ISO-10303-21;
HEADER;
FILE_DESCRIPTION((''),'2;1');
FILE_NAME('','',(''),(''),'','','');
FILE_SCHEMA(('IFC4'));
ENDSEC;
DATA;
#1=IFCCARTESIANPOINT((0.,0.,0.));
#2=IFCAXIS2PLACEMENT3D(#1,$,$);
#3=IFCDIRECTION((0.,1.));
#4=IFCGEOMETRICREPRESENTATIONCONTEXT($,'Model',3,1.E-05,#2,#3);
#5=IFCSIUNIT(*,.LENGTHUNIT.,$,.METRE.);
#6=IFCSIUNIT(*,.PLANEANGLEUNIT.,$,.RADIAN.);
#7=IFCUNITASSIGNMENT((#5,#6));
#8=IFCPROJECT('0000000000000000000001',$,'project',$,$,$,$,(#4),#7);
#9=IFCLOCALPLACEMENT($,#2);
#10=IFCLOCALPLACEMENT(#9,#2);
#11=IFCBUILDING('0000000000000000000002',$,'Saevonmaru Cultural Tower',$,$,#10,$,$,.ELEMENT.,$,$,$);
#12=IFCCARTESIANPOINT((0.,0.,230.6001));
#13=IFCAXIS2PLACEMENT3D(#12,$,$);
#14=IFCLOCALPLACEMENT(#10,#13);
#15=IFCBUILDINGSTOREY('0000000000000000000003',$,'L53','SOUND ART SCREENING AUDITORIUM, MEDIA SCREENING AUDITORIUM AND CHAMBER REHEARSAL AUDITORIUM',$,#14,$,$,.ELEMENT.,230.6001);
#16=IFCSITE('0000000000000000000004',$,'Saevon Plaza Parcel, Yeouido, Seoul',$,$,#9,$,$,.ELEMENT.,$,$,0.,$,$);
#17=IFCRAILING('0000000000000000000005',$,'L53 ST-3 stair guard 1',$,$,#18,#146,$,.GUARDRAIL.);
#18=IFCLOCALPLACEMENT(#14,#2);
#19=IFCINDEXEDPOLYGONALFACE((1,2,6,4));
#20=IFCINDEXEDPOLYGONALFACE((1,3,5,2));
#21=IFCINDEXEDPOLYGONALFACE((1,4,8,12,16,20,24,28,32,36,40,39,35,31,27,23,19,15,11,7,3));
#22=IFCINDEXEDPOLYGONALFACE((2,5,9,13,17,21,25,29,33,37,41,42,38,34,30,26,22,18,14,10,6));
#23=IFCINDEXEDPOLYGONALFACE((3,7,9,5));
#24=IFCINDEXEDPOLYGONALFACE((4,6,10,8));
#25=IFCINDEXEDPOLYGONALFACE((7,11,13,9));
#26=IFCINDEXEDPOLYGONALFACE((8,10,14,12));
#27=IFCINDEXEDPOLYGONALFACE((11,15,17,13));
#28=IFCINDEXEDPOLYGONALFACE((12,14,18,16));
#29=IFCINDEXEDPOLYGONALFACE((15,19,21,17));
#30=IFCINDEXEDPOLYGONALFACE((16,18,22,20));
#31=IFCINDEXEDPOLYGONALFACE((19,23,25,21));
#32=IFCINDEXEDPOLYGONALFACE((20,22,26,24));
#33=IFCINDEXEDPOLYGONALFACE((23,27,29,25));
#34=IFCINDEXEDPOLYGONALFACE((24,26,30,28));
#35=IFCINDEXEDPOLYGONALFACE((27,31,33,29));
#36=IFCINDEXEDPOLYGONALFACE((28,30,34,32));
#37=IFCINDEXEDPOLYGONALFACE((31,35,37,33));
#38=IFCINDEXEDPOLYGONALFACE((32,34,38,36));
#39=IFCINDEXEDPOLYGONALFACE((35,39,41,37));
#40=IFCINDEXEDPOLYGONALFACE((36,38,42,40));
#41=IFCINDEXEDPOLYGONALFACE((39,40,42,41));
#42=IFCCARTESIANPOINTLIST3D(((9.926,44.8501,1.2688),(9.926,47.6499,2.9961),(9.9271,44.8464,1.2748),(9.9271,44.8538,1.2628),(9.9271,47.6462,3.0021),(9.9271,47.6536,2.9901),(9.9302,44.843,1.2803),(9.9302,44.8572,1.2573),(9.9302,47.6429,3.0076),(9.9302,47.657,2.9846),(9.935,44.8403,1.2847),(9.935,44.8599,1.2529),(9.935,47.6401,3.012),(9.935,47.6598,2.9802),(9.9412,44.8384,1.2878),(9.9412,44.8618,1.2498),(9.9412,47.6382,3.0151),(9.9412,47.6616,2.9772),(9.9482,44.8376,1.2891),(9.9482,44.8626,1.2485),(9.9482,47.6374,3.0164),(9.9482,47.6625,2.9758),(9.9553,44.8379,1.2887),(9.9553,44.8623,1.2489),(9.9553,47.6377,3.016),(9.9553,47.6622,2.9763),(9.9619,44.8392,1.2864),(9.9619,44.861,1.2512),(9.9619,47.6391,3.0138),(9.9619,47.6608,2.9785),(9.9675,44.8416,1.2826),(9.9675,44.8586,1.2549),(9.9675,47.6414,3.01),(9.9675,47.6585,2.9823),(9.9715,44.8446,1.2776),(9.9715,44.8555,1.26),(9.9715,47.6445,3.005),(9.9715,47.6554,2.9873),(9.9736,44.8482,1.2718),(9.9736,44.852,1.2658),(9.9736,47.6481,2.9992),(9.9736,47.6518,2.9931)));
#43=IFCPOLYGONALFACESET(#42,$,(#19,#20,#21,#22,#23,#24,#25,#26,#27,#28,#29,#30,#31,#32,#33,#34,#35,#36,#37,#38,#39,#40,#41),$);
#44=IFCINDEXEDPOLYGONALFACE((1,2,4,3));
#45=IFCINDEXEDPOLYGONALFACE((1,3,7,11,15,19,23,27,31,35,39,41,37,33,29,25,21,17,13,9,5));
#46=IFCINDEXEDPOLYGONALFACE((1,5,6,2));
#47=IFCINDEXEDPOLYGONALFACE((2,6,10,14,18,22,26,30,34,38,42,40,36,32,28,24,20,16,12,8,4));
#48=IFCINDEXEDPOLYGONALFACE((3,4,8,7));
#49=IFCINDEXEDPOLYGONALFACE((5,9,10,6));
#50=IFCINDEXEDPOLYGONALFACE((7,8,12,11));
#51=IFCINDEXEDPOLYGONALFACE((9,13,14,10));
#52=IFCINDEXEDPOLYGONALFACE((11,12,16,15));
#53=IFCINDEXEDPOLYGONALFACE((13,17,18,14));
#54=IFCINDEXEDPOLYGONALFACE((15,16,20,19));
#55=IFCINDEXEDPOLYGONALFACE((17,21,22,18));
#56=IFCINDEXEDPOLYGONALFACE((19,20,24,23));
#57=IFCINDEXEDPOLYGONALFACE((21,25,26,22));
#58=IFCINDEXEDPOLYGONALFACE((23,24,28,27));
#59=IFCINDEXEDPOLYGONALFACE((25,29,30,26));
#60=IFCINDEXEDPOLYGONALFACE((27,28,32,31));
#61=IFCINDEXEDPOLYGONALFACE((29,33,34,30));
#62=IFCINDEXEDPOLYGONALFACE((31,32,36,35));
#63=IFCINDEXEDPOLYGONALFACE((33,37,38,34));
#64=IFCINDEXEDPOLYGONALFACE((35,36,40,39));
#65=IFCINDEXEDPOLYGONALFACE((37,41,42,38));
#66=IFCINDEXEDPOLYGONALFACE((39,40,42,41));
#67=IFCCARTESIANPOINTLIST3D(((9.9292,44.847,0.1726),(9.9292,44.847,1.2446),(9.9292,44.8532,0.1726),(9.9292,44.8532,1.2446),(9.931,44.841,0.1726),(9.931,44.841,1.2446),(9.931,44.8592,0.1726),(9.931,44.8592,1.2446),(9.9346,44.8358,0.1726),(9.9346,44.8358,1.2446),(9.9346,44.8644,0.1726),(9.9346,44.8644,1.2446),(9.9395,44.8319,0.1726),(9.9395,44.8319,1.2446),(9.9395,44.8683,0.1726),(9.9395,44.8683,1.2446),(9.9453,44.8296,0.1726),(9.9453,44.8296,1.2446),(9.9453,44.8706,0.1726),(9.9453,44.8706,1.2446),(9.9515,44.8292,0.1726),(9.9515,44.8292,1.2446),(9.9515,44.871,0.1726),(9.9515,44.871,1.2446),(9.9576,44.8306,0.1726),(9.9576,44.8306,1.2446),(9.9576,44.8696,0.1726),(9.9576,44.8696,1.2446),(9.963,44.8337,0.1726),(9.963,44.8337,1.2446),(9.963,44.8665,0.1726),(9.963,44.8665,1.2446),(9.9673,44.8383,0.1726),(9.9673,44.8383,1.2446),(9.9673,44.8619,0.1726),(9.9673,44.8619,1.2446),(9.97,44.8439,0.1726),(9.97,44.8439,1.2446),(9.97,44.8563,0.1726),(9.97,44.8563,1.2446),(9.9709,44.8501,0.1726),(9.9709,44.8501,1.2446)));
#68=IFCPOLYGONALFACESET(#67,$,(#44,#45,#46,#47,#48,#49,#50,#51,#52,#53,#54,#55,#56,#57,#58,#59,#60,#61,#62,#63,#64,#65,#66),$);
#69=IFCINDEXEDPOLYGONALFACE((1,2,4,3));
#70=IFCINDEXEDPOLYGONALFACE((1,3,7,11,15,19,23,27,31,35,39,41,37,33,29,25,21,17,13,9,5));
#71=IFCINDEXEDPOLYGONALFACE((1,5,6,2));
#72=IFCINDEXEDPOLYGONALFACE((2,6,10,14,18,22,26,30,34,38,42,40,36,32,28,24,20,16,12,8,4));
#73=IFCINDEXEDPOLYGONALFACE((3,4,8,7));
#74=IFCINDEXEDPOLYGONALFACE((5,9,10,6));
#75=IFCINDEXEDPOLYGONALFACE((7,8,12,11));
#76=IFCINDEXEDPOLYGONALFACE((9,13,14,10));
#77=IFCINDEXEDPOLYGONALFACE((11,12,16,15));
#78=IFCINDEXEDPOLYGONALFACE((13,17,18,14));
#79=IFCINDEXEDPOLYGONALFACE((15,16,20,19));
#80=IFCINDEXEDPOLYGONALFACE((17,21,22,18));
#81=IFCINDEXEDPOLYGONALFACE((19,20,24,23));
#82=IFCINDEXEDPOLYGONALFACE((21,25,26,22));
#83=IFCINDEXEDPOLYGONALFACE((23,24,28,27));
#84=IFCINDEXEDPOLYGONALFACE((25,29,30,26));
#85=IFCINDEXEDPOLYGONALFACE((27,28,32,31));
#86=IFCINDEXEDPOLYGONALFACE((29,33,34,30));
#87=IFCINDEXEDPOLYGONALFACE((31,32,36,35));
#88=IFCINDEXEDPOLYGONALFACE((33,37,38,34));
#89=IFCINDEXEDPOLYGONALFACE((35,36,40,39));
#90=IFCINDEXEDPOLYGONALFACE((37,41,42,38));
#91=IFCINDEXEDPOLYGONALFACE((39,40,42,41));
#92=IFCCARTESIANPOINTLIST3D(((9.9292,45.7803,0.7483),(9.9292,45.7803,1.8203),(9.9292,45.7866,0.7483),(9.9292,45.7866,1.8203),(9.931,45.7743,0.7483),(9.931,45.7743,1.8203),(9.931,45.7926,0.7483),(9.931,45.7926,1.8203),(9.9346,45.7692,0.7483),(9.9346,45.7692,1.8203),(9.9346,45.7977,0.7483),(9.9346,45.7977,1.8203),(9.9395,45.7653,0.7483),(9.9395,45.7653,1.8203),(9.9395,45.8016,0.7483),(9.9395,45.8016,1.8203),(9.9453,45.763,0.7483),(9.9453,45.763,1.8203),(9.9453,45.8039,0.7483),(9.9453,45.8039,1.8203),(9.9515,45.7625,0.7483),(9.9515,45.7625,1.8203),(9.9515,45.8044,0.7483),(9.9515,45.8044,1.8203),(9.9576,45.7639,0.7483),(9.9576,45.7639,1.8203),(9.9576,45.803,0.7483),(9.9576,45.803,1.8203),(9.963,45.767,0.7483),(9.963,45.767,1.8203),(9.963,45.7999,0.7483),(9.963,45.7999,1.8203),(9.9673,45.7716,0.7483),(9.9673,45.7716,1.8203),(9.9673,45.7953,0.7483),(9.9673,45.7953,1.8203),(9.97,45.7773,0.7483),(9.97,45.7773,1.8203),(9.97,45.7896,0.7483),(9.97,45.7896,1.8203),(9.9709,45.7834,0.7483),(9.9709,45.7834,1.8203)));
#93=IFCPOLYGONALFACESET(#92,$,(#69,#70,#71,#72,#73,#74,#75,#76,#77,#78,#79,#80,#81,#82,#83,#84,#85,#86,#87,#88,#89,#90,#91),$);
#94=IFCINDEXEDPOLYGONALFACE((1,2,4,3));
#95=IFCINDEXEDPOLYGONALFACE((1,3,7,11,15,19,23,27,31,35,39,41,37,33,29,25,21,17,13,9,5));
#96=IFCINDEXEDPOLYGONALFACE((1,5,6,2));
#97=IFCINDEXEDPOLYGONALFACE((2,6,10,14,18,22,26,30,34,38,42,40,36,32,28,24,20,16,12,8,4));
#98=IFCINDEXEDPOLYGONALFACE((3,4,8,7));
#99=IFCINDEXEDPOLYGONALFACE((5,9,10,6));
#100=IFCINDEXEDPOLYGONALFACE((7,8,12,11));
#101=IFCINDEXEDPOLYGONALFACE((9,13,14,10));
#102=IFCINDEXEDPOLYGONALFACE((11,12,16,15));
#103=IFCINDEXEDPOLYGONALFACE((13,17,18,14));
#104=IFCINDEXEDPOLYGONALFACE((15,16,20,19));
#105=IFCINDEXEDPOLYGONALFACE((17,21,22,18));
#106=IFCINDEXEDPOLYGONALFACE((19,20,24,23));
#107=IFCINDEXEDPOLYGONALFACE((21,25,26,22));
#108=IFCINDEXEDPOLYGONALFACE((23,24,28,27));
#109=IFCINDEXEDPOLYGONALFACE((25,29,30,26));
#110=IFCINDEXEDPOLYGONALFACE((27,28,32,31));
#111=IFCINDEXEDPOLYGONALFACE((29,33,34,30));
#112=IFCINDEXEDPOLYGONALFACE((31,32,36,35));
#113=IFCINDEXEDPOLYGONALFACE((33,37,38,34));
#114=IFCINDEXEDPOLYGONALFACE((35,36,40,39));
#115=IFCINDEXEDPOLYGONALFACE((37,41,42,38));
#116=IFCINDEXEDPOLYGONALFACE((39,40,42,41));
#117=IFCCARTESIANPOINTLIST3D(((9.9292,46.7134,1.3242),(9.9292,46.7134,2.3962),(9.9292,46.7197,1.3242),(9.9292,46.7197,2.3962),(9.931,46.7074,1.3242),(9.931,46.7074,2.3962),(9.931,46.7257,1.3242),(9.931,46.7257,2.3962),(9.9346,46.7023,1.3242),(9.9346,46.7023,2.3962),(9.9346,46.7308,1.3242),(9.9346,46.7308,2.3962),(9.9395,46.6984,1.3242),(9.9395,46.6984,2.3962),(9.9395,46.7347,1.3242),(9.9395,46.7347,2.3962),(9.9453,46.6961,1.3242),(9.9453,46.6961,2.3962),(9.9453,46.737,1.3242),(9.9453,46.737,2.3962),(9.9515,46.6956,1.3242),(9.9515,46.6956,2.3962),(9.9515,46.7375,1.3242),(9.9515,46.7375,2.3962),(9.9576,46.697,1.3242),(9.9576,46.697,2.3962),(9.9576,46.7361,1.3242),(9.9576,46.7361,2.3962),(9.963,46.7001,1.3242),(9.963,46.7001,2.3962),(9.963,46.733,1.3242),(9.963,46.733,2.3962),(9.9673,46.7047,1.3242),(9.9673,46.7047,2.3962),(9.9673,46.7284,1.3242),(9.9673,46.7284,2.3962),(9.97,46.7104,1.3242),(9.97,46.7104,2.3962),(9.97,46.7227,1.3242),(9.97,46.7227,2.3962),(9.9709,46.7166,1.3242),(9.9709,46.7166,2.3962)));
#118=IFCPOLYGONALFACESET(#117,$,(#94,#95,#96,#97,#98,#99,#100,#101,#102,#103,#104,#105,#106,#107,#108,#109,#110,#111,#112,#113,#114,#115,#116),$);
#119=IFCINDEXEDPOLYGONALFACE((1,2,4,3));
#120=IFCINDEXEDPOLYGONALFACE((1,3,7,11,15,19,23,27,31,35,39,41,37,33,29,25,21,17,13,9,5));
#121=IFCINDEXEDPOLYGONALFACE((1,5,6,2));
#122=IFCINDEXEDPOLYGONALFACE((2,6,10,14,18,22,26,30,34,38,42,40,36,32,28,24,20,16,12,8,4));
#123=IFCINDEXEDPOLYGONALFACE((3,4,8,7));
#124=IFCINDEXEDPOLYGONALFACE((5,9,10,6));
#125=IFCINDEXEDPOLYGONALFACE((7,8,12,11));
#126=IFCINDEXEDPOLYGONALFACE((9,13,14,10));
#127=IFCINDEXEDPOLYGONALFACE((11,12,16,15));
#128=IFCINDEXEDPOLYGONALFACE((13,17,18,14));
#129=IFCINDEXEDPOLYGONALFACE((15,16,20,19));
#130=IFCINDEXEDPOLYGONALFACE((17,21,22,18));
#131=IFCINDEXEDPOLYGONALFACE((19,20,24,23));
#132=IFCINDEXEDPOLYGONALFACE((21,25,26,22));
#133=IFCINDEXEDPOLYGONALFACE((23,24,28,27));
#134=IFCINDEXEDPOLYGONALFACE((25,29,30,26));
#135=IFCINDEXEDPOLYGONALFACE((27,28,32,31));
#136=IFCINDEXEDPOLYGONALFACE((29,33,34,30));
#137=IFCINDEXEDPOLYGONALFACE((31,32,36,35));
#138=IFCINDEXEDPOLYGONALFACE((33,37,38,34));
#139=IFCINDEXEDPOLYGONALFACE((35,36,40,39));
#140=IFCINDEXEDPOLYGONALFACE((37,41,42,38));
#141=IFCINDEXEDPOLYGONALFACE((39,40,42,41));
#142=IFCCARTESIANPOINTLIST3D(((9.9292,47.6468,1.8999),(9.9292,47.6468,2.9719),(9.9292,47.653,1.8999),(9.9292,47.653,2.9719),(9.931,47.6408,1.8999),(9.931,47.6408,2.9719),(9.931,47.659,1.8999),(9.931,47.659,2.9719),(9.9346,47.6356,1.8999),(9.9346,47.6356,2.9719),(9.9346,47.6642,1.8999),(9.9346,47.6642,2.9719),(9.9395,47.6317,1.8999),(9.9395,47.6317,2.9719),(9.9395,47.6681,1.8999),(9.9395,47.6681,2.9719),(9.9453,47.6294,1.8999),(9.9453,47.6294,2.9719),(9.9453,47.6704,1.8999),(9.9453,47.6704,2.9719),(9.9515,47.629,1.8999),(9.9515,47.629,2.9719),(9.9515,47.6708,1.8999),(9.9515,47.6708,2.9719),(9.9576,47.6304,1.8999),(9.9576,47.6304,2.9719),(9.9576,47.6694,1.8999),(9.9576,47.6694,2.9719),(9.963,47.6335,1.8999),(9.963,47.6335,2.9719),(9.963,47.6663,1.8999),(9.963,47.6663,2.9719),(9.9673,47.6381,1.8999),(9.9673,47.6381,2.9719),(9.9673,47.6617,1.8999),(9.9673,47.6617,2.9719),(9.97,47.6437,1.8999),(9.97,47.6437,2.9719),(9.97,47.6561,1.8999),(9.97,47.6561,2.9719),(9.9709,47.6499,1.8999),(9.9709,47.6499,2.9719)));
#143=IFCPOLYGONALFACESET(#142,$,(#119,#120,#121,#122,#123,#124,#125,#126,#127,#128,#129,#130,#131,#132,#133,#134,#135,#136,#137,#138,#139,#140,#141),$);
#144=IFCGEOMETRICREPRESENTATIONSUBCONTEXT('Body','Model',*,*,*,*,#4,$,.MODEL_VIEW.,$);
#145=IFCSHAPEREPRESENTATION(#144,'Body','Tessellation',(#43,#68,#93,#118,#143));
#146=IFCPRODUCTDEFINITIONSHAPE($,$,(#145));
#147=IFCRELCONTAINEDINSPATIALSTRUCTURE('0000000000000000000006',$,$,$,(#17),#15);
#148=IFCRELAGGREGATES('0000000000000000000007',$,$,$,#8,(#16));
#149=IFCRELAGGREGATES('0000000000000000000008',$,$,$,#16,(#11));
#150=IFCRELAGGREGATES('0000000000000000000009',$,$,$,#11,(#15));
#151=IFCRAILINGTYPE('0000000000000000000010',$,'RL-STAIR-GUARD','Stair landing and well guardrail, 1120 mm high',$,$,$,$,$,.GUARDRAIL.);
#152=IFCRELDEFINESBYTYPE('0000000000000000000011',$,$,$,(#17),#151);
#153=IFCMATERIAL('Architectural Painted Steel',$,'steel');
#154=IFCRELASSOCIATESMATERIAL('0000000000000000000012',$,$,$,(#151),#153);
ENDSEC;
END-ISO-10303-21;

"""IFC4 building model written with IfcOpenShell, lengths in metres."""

from ifc_helpers import new_model, si_unit, direction, frame, origin, origin_2d, place, context, subcontext, project, spatial, circle, extrude, material, type_object, element, save


model = new_model("IFC4")

# Units and contexts
model_context = context("Model", 3, precision=1e-05, world=origin(), true_north=direction((0.0, 1.0)))
body_context = subcontext(model_context, "Body", "Model", "MODEL_VIEW")
ifc_project = project(units=[si_unit("LENGTHUNIT", "METRE"), si_unit("PLANEANGLEUNIT", "RADIAN")], contexts=[model_context])

# Site, building, storey
site_placement = place(None, origin())
site = spatial("IfcSite", under=ifc_project, at=site_placement, Name="Saevon Plaza Parcel, Yeouido, Seoul", CompositionType="ELEMENT", RefElevation=0.0)
building_placement = place(site_placement, origin())
building = spatial("IfcBuilding", under=site, at=building_placement, Name="Saevonmaru Cultural Tower", CompositionType="ELEMENT")
storey_placement = place(building_placement, frame((0.0, 0.0, 230.6001)))
storey = spatial("IfcBuildingStorey", under=building, at=storey_placement, Name="L53", Description="SOUND ART SCREENING AUDITORIUM, MEDIA SCREENING AUDITORIUM AND CHAMBER REHEARSAL AUDITORIUM", CompositionType="ELEMENT", Elevation=230.6001)

# Railing
ifc_material_1 = material(Name="Architectural Painted Steel", Category="steel")
railing_type_1 = type_object("IfcRailingType", Name="RL-STAIR-GUARD", Description="Stair landing and well guardrail, 1120 mm high", PredefinedType="GUARDRAIL", material=ifc_material_1)
railing_1_placement = place(storey_placement, frame((9.95, 44.8501, 0.1726)))
element("IfcRailing", 1, at=railing_1_placement, inside=storey, type_object=railing_type_1, Name="L53 ST-3 stair guard 1", PredefinedType="GUARDRAIL", context=body_context, shape_type="SweptSolid", body=[
    extrude(circle(Radius=0.0239, at=origin_2d()), frame((0.0, 0.0, 1.0962), z_axis=(0.0, 0.851069, 0.525054), x_axis=(-1.0, 0.0, 0.0)), (0.0, 0.0, 1.0), 3.2898),
    extrude(circle(Radius=0.021, at=origin_2d()), origin(), (0.0, 0.0, 1.0), 1.072),
    extrude(circle(Radius=0.021, at=origin_2d()), frame((0.0, 0.9333, 0.5757)), (0.0, 0.0, 1.0), 1.072),
    extrude(circle(Radius=0.021, at=origin_2d()), frame((0.0, 1.8665, 1.1516)), (0.0, 0.0, 1.0), 1.072),
    extrude(circle(Radius=0.021, at=origin_2d()), frame((0.0, 2.7998, 1.7273)), (0.0, 0.0, 1.0), 1.072),
])

save(model, "model.ifc")
